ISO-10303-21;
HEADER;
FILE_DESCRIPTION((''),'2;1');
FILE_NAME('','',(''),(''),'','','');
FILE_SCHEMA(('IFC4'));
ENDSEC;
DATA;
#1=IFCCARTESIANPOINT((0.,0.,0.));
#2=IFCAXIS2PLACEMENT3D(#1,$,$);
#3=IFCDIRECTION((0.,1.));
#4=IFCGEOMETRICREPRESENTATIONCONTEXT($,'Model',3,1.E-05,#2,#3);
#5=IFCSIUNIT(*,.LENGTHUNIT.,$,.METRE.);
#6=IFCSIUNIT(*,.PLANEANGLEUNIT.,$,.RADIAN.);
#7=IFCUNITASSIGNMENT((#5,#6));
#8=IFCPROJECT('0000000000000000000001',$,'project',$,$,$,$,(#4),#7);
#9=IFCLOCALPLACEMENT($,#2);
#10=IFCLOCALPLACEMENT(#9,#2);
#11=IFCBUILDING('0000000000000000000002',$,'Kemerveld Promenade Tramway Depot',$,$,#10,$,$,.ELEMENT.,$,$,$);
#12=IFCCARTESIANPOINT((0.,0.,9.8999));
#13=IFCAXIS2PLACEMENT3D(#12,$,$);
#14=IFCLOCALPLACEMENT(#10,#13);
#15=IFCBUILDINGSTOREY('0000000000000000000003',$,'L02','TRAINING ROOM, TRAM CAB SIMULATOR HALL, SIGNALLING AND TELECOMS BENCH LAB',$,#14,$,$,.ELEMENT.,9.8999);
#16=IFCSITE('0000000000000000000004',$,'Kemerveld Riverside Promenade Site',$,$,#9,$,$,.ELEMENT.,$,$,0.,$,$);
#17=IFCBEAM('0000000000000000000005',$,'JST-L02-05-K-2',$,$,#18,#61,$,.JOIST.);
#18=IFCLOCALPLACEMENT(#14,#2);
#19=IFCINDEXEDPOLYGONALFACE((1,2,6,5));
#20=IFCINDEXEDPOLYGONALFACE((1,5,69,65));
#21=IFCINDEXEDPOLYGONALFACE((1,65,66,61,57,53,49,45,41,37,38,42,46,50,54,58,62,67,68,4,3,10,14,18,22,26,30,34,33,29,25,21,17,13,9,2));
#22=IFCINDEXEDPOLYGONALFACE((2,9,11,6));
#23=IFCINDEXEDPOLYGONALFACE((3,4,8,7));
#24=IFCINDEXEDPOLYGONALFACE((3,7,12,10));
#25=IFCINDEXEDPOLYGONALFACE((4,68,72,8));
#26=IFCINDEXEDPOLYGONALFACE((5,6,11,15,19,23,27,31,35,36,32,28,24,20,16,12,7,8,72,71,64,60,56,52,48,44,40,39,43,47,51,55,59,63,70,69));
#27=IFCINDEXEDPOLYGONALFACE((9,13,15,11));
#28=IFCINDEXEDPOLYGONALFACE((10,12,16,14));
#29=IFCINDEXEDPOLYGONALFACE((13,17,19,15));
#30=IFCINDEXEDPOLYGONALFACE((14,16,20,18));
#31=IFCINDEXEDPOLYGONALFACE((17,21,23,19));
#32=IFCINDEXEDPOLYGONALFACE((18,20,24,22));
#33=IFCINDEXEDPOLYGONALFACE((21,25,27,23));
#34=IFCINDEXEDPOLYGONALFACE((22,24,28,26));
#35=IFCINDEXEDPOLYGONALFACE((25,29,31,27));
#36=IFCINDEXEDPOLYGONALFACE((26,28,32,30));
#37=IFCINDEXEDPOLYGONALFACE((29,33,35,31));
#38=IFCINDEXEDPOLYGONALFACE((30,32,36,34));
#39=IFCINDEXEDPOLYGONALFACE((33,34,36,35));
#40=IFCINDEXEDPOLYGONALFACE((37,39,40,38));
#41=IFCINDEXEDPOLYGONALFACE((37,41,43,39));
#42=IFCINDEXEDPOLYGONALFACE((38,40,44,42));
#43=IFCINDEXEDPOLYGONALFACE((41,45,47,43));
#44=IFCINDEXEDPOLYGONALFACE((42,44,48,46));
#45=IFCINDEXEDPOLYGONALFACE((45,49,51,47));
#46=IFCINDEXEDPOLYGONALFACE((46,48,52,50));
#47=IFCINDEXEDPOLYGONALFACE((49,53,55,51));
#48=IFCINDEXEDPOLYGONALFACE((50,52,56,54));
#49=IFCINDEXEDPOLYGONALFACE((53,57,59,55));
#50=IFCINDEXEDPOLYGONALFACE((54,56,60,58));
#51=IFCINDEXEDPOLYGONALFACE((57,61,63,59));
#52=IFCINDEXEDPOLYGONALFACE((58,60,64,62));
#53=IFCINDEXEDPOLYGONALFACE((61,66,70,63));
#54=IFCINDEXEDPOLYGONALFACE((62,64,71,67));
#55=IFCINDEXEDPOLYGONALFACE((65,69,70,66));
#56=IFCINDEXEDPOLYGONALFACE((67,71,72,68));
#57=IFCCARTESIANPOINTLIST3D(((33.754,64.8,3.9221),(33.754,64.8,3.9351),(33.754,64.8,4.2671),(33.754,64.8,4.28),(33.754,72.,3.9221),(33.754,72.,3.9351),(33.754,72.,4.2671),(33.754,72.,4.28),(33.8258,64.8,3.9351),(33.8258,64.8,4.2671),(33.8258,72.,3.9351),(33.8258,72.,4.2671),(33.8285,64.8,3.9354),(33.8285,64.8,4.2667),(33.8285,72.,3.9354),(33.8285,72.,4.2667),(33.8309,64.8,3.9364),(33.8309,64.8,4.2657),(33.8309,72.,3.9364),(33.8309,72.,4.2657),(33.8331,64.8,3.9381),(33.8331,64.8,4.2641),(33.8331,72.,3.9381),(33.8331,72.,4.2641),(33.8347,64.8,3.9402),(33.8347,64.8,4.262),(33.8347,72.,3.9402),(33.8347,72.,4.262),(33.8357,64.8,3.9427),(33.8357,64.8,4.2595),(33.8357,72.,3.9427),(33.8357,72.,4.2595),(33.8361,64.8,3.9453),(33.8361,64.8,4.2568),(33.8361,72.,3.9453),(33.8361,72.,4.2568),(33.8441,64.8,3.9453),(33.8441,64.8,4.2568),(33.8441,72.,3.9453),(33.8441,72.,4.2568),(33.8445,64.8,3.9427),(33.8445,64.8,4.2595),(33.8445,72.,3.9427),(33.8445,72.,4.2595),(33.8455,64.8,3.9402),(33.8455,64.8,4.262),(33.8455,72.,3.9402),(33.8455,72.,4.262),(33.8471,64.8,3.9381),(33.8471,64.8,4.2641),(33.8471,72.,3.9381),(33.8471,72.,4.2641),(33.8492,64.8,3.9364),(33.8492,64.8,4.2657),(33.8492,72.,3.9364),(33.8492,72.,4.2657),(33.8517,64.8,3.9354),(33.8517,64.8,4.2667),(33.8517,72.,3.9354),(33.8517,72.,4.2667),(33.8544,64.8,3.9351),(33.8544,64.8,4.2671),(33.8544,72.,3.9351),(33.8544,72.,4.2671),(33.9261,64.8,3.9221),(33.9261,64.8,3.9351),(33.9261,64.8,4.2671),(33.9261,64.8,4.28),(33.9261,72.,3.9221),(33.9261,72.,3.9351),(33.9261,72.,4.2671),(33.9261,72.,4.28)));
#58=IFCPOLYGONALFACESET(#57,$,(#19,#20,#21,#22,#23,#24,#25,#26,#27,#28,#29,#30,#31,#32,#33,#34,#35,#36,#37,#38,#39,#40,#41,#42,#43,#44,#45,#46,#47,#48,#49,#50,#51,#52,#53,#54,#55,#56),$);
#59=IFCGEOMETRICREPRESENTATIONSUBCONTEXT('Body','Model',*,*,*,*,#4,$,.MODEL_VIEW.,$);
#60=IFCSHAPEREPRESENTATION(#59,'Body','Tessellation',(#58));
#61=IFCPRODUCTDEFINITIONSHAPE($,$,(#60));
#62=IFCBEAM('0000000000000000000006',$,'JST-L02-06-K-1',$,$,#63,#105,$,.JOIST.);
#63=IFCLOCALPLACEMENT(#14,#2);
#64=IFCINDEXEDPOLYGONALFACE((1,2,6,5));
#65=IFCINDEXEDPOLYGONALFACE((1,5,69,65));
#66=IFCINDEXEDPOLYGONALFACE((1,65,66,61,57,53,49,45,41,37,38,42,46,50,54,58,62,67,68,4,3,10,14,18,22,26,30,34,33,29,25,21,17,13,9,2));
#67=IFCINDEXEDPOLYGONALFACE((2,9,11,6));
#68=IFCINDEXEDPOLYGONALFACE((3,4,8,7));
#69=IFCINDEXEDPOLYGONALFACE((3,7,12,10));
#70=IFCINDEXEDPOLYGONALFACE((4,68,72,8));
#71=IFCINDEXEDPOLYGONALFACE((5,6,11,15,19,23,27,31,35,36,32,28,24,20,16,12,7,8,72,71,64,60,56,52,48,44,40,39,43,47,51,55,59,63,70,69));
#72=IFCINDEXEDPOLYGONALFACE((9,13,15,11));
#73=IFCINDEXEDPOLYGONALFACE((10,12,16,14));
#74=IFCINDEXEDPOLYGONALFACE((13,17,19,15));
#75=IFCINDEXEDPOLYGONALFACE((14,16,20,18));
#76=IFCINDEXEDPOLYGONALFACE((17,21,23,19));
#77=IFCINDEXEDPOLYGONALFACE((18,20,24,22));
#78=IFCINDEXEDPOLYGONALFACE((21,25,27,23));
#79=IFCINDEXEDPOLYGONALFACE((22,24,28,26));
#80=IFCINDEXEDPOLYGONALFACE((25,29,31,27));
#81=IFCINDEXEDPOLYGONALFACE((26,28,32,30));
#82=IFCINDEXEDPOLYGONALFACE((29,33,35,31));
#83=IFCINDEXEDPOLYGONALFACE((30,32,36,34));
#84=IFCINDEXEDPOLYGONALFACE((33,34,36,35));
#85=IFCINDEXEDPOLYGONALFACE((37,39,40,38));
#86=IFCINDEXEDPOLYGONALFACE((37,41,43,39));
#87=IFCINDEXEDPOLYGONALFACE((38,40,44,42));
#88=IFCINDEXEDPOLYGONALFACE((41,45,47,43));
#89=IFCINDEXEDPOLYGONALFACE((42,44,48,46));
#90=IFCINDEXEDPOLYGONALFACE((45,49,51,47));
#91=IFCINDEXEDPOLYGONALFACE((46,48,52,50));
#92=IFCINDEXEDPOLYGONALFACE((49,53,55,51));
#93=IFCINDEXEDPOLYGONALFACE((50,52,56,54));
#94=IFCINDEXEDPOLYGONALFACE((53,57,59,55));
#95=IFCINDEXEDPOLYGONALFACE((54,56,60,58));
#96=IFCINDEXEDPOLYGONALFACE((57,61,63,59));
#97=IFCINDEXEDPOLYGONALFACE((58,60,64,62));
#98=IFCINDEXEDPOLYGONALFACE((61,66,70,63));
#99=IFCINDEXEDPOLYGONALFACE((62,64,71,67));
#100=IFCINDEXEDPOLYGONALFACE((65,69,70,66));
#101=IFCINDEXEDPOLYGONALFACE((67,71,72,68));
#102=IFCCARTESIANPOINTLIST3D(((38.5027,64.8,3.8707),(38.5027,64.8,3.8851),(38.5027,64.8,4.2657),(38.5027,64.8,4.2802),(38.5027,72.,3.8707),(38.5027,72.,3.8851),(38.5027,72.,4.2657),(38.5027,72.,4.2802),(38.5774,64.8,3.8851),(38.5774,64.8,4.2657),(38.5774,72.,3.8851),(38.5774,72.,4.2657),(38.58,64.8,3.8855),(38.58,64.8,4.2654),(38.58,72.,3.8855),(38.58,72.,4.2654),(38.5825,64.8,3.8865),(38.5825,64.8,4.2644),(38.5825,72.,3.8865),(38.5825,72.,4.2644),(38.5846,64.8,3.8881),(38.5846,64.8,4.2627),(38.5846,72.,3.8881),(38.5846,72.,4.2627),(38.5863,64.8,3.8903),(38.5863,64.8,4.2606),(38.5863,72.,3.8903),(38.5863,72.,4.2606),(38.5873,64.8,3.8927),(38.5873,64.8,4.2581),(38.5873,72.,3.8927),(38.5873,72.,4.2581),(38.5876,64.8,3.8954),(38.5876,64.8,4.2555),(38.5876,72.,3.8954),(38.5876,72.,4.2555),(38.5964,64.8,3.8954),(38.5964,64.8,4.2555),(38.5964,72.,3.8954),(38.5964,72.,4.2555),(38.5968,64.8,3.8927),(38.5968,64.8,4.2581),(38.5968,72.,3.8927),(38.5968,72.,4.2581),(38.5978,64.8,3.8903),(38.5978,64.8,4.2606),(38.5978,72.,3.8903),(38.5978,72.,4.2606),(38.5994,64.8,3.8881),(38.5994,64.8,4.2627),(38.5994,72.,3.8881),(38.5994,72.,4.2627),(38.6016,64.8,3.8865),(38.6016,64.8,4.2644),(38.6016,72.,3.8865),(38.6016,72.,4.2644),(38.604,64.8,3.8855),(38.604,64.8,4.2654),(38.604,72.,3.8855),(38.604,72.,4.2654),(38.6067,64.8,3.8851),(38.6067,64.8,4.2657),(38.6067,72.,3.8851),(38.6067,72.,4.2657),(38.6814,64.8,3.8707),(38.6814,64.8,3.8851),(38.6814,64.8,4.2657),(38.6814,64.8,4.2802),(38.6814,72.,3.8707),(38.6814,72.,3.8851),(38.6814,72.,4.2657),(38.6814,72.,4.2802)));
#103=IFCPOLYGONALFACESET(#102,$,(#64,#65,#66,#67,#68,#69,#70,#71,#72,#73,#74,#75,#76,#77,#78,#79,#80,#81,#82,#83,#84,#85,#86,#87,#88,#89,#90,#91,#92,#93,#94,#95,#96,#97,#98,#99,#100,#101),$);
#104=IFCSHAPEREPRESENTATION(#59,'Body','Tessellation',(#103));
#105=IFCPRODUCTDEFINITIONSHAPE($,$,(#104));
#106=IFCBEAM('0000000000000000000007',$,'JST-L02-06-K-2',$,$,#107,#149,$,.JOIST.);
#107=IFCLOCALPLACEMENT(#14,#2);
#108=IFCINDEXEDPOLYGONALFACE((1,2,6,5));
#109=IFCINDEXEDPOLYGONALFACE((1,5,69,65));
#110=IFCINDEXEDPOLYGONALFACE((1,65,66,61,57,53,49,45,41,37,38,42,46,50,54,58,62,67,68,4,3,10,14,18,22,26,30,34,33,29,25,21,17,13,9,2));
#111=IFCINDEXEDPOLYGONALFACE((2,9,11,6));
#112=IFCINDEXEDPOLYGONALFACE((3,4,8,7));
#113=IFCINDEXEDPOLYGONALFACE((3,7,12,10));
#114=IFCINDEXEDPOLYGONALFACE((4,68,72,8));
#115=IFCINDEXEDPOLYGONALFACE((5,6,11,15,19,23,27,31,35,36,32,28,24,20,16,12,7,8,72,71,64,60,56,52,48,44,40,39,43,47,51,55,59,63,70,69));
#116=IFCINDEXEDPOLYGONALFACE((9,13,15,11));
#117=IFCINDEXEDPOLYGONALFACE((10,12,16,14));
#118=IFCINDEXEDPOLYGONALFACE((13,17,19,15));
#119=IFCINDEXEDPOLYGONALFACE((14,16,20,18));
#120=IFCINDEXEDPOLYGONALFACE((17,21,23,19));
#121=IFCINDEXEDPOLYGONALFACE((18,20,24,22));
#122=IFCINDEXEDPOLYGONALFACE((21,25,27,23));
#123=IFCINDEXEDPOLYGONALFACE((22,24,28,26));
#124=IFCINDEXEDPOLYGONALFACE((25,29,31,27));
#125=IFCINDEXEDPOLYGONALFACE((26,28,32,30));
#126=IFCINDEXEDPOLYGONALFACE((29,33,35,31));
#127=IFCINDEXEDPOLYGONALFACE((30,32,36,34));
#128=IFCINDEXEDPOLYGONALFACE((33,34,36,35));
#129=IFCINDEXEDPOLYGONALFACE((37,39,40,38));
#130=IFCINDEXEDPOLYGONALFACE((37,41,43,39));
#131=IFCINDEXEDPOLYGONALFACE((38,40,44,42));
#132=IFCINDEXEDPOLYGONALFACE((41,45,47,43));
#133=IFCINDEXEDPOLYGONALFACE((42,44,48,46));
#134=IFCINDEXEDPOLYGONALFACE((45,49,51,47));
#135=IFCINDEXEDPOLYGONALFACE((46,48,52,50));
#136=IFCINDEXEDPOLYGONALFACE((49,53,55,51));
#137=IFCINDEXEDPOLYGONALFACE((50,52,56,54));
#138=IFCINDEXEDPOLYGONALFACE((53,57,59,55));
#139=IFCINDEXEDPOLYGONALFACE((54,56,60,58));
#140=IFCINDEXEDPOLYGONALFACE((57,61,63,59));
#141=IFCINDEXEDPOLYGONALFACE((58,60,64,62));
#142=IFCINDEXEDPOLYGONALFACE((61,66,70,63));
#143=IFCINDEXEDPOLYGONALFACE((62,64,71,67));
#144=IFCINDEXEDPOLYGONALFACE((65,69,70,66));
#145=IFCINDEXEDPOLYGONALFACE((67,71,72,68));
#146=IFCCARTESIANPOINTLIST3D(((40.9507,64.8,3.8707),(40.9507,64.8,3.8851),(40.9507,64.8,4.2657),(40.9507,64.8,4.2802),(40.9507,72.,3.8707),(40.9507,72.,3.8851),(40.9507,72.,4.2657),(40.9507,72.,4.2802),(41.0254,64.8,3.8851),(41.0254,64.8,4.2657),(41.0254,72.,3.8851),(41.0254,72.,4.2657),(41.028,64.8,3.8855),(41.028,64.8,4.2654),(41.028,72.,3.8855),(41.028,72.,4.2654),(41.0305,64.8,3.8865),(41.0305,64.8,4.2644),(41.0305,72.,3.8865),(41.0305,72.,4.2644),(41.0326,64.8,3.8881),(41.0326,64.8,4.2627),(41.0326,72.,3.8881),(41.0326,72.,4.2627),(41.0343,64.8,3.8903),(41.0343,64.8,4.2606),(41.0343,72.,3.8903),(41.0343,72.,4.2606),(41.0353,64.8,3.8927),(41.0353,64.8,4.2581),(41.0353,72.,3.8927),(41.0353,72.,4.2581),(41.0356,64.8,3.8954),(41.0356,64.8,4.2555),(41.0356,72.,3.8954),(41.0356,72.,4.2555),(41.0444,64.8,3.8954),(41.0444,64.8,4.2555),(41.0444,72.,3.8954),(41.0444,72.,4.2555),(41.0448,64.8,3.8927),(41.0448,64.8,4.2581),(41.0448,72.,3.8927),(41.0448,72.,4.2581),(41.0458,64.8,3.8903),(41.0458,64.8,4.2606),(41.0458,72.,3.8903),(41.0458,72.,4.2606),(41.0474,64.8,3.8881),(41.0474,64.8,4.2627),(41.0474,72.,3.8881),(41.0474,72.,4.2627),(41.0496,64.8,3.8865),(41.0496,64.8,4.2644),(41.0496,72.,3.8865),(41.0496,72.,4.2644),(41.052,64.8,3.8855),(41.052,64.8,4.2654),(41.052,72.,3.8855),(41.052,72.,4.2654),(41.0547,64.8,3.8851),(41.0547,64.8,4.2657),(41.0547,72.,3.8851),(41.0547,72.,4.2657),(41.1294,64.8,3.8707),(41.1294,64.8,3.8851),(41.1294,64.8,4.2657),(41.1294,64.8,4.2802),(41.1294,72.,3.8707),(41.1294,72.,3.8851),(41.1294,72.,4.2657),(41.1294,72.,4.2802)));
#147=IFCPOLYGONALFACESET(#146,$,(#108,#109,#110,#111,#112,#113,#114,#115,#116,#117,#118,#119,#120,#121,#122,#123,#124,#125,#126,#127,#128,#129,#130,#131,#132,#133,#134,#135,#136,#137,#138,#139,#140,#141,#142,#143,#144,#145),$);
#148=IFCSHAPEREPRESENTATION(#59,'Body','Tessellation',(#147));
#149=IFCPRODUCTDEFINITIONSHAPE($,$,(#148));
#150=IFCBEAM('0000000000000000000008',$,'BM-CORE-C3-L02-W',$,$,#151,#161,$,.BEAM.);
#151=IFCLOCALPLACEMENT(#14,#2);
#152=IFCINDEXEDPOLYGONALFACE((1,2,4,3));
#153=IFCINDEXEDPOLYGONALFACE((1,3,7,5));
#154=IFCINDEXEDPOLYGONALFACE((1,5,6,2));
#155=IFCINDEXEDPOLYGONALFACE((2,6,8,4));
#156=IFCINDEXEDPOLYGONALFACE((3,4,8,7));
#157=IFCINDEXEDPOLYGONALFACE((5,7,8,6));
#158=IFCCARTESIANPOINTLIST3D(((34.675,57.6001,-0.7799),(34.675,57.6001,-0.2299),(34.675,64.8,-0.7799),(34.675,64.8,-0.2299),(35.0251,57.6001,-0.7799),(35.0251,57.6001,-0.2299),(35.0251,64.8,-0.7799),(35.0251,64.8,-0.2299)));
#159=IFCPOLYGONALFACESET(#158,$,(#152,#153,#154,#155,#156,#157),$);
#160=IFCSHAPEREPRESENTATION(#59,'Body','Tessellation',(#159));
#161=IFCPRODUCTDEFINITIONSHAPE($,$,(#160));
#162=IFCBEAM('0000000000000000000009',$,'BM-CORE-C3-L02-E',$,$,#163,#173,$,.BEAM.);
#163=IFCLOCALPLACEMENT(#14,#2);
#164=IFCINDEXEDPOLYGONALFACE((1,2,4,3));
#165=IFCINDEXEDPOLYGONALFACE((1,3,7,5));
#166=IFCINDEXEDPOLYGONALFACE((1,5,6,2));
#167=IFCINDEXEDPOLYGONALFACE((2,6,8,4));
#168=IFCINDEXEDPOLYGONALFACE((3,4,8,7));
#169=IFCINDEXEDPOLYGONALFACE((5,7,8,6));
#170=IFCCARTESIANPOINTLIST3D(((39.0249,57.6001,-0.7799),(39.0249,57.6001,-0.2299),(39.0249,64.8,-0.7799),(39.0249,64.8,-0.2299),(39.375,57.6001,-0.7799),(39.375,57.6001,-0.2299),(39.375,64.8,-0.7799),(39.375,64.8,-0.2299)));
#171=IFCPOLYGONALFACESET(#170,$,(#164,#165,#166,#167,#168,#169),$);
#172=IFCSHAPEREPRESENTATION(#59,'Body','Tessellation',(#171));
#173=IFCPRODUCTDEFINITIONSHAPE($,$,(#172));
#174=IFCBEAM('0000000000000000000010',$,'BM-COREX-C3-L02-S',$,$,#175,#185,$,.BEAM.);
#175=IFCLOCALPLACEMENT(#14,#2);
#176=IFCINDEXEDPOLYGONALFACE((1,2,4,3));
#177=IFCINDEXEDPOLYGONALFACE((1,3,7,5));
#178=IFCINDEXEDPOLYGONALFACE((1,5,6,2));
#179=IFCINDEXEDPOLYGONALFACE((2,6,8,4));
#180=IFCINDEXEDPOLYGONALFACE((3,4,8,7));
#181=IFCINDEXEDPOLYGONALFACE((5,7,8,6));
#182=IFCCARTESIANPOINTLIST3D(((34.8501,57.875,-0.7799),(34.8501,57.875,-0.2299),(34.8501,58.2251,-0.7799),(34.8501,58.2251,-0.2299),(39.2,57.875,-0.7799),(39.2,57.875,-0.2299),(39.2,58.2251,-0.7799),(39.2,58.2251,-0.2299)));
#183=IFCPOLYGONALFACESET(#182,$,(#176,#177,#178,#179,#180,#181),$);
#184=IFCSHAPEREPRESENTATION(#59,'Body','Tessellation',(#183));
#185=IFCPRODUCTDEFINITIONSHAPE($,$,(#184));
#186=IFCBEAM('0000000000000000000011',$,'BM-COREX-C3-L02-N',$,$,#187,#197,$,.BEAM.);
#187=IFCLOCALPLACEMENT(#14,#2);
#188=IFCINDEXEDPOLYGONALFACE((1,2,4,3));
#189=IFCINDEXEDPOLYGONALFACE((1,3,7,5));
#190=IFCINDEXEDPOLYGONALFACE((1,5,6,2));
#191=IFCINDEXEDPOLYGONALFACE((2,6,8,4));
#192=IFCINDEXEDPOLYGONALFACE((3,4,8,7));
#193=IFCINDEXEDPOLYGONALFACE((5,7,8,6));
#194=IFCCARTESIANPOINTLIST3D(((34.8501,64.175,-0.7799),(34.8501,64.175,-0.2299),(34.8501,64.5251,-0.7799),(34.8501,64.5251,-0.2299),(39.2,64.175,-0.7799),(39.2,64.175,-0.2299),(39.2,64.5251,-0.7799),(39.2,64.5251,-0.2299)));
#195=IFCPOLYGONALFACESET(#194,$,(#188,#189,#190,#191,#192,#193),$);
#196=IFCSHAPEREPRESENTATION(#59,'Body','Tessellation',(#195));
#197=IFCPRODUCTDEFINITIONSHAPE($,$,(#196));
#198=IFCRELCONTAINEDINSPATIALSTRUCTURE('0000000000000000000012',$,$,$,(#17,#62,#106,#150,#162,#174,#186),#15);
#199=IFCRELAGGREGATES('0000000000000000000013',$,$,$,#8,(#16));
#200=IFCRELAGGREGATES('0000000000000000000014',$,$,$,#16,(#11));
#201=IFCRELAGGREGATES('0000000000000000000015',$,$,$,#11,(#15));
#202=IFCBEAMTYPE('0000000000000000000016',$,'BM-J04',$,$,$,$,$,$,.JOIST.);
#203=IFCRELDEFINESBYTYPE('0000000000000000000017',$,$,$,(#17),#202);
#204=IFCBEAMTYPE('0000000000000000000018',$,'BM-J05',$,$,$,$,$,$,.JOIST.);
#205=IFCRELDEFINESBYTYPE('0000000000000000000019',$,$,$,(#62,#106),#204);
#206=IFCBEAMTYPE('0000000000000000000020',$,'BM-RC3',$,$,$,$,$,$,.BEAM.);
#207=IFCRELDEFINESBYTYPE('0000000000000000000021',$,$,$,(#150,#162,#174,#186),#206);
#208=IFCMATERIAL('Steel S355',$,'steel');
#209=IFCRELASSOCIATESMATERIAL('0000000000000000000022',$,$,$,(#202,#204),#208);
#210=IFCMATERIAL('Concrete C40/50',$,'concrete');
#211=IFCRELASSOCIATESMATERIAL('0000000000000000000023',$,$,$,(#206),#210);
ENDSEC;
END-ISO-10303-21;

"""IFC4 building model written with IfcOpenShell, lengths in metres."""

from ifc_helpers import new_model, si_unit, direction, frame, origin, origin_2d, place, context, subcontext, project, spatial, rectangle, i_section, extrude, material, material_profile, profile_set, type_object, element, save


model = new_model("IFC4")

# Units and contexts
model_context = context("Model", 3, precision=1e-05, world=origin(), true_north=direction((0.0, 1.0)))
body_context = subcontext(model_context, "Body", "Model", "MODEL_VIEW")
ifc_project = project(units=[si_unit("LENGTHUNIT", "METRE"), si_unit("PLANEANGLEUNIT", "RADIAN")], contexts=[model_context])

# Site, building, storey
site_placement = place(None, origin())
site = spatial("IfcSite", under=ifc_project, at=site_placement, Name="Kemerveld Riverside Promenade Site", CompositionType="ELEMENT", RefElevation=0.0)
building_placement = place(site_placement, origin())
building = spatial("IfcBuilding", under=site, at=building_placement, Name="Kemerveld Promenade Tramway Depot", CompositionType="ELEMENT")
storey_placement = place(building_placement, frame((0.0, 0.0, 9.8999)))
storey = spatial("IfcBuildingStorey", under=building, at=storey_placement, Name="L02", Description="TRAINING ROOM, TRAM CAB SIMULATOR HALL, SIGNALLING AND TELECOMS BENCH LAB", CompositionType="ELEMENT", Elevation=9.8999)

# Shared definitions
ifc_material_1 = material(Name="Steel S355", Category="steel")

# Beams
ifc_material_profile_1 = material_profile(ifc_material_1, i_section(OverallWidth=0.1721, OverallDepth=0.3579, WebThickness=0.0081, FlangeThickness=0.0129, FilletRadius=0.0103, at=origin_2d()), Name="356x171x57 UB")
ifc_profile_set_1 = profile_set([ifc_material_profile_1], Name="Steel S355")
beam_type_1 = type_object("IfcBeamType", Name="BM-J04", PredefinedType="JOIST", material=ifc_profile_set_1)
beam_1_placement = place(storey_placement, frame((33.8401, 64.8, 4.1011), z_axis=(0.0, 1.0, 0.0), x_axis=(-1.0, 0.0, 0.0)))
element("IfcBeam", 1, at=beam_1_placement, inside=storey, type_object=beam_type_1, Name="JST-L02-05-K-2", PredefinedType="JOIST", context=body_context, shape_type="SweptSolid", body=[
    extrude(i_section(OverallWidth=0.1721, OverallDepth=0.3579, WebThickness=0.0081, FlangeThickness=0.0129, FilletRadius=0.0103, at=origin_2d()), origin(), (0.0, 0.0, 1.0), 7.2),
])
ifc_material_profile_2 = material_profile(ifc_material_1, i_section(OverallWidth=0.1787, OverallDepth=0.4094, WebThickness=0.0088, FlangeThickness=0.0144, FilletRadius=0.0103, at=origin_2d()), Name="406x178x67 UB")
ifc_profile_set_2 = profile_set([ifc_material_profile_2], Name="Steel S355")
beam_type_2 = type_object("IfcBeamType", Name="BM-J05", PredefinedType="JOIST", material=ifc_profile_set_2)
for number, where, z_axis, x_axis, name in (
    (2, (38.592, 64.8, 4.0754), (0.0, 1.0, 0.0), (-1.0, 0.0, 0.0), "JST-L02-06-K-1"),
    (3, (41.04, 64.8, 4.0754), (0.0, 1.0, 0.0), (-1.0, 0.0, 0.0), "JST-L02-06-K-2"),
):
    element("IfcBeam", number, at=place(storey_placement, frame(where, z_axis=z_axis, x_axis=x_axis)), inside=storey, type_object=beam_type_2, Name=name, PredefinedType="JOIST", context=body_context, shape_type="SweptSolid", body=[
        extrude(i_section(OverallWidth=0.1787, OverallDepth=0.4094, WebThickness=0.0088, FlangeThickness=0.0144, FilletRadius=0.0103, at=origin_2d()), origin(), (0.0, 0.0, 1.0), 7.2),
    ])
ifc_material_2 = material(Name="Concrete C40/50", Category="concrete")
ifc_material_profile_3 = material_profile(ifc_material_2, rectangle(XDim=0.3501, YDim=0.55, at=origin_2d()), Name="RC-BM-350x550")
ifc_profile_set_3 = profile_set([ifc_material_profile_3], Name="Concrete C40/50")
beam_type_3 = type_object("IfcBeamType", Name="BM-RC3", PredefinedType="BEAM", material=ifc_profile_set_3)
for number, where, z_axis, x_axis, name in (
    (4, (34.8501, 57.6001, -0.5049), (0.0, 1.0, 0.0), (-1.0, 0.0, 0.0), "BM-CORE-C3-L02-W"),
    (5, (39.2, 57.6001, -0.5049), (0.0, 1.0, 0.0), (-1.0, 0.0, 0.0), "BM-CORE-C3-L02-E"),
):
    element("IfcBeam", number, at=place(storey_placement, frame(where, z_axis=z_axis, x_axis=x_axis)), inside=storey, type_object=beam_type_3, Name=name, PredefinedType="BEAM", context=body_context, shape_type="SweptSolid", body=[
        extrude(rectangle(XDim=0.3501, YDim=0.55, at=origin_2d()), origin(), (0.0, 0.0, 1.0), 7.2),
    ])
for number, where, z_axis, x_axis, name in (
    (6, (34.8501, 58.05, -0.5049), (1.0, 0.0, 0.0), (0.0, 1.0, 0.0), "BM-COREX-C3-L02-S"),
    (7, (34.8501, 64.3501, -0.5049), (1.0, 0.0, 0.0), (0.0, 1.0, 0.0), "BM-COREX-C3-L02-N"),
):
    element("IfcBeam", number, at=place(storey_placement, frame(where, z_axis=z_axis, x_axis=x_axis)), inside=storey, type_object=beam_type_3, Name=name, PredefinedType="BEAM", context=body_context, shape_type="SweptSolid", body=[
        extrude(rectangle(XDim=0.3501, YDim=0.55, at=origin_2d()), origin(), (0.0, 0.0, 1.0), 4.3499),
    ])

save(model, "model.ifc")
